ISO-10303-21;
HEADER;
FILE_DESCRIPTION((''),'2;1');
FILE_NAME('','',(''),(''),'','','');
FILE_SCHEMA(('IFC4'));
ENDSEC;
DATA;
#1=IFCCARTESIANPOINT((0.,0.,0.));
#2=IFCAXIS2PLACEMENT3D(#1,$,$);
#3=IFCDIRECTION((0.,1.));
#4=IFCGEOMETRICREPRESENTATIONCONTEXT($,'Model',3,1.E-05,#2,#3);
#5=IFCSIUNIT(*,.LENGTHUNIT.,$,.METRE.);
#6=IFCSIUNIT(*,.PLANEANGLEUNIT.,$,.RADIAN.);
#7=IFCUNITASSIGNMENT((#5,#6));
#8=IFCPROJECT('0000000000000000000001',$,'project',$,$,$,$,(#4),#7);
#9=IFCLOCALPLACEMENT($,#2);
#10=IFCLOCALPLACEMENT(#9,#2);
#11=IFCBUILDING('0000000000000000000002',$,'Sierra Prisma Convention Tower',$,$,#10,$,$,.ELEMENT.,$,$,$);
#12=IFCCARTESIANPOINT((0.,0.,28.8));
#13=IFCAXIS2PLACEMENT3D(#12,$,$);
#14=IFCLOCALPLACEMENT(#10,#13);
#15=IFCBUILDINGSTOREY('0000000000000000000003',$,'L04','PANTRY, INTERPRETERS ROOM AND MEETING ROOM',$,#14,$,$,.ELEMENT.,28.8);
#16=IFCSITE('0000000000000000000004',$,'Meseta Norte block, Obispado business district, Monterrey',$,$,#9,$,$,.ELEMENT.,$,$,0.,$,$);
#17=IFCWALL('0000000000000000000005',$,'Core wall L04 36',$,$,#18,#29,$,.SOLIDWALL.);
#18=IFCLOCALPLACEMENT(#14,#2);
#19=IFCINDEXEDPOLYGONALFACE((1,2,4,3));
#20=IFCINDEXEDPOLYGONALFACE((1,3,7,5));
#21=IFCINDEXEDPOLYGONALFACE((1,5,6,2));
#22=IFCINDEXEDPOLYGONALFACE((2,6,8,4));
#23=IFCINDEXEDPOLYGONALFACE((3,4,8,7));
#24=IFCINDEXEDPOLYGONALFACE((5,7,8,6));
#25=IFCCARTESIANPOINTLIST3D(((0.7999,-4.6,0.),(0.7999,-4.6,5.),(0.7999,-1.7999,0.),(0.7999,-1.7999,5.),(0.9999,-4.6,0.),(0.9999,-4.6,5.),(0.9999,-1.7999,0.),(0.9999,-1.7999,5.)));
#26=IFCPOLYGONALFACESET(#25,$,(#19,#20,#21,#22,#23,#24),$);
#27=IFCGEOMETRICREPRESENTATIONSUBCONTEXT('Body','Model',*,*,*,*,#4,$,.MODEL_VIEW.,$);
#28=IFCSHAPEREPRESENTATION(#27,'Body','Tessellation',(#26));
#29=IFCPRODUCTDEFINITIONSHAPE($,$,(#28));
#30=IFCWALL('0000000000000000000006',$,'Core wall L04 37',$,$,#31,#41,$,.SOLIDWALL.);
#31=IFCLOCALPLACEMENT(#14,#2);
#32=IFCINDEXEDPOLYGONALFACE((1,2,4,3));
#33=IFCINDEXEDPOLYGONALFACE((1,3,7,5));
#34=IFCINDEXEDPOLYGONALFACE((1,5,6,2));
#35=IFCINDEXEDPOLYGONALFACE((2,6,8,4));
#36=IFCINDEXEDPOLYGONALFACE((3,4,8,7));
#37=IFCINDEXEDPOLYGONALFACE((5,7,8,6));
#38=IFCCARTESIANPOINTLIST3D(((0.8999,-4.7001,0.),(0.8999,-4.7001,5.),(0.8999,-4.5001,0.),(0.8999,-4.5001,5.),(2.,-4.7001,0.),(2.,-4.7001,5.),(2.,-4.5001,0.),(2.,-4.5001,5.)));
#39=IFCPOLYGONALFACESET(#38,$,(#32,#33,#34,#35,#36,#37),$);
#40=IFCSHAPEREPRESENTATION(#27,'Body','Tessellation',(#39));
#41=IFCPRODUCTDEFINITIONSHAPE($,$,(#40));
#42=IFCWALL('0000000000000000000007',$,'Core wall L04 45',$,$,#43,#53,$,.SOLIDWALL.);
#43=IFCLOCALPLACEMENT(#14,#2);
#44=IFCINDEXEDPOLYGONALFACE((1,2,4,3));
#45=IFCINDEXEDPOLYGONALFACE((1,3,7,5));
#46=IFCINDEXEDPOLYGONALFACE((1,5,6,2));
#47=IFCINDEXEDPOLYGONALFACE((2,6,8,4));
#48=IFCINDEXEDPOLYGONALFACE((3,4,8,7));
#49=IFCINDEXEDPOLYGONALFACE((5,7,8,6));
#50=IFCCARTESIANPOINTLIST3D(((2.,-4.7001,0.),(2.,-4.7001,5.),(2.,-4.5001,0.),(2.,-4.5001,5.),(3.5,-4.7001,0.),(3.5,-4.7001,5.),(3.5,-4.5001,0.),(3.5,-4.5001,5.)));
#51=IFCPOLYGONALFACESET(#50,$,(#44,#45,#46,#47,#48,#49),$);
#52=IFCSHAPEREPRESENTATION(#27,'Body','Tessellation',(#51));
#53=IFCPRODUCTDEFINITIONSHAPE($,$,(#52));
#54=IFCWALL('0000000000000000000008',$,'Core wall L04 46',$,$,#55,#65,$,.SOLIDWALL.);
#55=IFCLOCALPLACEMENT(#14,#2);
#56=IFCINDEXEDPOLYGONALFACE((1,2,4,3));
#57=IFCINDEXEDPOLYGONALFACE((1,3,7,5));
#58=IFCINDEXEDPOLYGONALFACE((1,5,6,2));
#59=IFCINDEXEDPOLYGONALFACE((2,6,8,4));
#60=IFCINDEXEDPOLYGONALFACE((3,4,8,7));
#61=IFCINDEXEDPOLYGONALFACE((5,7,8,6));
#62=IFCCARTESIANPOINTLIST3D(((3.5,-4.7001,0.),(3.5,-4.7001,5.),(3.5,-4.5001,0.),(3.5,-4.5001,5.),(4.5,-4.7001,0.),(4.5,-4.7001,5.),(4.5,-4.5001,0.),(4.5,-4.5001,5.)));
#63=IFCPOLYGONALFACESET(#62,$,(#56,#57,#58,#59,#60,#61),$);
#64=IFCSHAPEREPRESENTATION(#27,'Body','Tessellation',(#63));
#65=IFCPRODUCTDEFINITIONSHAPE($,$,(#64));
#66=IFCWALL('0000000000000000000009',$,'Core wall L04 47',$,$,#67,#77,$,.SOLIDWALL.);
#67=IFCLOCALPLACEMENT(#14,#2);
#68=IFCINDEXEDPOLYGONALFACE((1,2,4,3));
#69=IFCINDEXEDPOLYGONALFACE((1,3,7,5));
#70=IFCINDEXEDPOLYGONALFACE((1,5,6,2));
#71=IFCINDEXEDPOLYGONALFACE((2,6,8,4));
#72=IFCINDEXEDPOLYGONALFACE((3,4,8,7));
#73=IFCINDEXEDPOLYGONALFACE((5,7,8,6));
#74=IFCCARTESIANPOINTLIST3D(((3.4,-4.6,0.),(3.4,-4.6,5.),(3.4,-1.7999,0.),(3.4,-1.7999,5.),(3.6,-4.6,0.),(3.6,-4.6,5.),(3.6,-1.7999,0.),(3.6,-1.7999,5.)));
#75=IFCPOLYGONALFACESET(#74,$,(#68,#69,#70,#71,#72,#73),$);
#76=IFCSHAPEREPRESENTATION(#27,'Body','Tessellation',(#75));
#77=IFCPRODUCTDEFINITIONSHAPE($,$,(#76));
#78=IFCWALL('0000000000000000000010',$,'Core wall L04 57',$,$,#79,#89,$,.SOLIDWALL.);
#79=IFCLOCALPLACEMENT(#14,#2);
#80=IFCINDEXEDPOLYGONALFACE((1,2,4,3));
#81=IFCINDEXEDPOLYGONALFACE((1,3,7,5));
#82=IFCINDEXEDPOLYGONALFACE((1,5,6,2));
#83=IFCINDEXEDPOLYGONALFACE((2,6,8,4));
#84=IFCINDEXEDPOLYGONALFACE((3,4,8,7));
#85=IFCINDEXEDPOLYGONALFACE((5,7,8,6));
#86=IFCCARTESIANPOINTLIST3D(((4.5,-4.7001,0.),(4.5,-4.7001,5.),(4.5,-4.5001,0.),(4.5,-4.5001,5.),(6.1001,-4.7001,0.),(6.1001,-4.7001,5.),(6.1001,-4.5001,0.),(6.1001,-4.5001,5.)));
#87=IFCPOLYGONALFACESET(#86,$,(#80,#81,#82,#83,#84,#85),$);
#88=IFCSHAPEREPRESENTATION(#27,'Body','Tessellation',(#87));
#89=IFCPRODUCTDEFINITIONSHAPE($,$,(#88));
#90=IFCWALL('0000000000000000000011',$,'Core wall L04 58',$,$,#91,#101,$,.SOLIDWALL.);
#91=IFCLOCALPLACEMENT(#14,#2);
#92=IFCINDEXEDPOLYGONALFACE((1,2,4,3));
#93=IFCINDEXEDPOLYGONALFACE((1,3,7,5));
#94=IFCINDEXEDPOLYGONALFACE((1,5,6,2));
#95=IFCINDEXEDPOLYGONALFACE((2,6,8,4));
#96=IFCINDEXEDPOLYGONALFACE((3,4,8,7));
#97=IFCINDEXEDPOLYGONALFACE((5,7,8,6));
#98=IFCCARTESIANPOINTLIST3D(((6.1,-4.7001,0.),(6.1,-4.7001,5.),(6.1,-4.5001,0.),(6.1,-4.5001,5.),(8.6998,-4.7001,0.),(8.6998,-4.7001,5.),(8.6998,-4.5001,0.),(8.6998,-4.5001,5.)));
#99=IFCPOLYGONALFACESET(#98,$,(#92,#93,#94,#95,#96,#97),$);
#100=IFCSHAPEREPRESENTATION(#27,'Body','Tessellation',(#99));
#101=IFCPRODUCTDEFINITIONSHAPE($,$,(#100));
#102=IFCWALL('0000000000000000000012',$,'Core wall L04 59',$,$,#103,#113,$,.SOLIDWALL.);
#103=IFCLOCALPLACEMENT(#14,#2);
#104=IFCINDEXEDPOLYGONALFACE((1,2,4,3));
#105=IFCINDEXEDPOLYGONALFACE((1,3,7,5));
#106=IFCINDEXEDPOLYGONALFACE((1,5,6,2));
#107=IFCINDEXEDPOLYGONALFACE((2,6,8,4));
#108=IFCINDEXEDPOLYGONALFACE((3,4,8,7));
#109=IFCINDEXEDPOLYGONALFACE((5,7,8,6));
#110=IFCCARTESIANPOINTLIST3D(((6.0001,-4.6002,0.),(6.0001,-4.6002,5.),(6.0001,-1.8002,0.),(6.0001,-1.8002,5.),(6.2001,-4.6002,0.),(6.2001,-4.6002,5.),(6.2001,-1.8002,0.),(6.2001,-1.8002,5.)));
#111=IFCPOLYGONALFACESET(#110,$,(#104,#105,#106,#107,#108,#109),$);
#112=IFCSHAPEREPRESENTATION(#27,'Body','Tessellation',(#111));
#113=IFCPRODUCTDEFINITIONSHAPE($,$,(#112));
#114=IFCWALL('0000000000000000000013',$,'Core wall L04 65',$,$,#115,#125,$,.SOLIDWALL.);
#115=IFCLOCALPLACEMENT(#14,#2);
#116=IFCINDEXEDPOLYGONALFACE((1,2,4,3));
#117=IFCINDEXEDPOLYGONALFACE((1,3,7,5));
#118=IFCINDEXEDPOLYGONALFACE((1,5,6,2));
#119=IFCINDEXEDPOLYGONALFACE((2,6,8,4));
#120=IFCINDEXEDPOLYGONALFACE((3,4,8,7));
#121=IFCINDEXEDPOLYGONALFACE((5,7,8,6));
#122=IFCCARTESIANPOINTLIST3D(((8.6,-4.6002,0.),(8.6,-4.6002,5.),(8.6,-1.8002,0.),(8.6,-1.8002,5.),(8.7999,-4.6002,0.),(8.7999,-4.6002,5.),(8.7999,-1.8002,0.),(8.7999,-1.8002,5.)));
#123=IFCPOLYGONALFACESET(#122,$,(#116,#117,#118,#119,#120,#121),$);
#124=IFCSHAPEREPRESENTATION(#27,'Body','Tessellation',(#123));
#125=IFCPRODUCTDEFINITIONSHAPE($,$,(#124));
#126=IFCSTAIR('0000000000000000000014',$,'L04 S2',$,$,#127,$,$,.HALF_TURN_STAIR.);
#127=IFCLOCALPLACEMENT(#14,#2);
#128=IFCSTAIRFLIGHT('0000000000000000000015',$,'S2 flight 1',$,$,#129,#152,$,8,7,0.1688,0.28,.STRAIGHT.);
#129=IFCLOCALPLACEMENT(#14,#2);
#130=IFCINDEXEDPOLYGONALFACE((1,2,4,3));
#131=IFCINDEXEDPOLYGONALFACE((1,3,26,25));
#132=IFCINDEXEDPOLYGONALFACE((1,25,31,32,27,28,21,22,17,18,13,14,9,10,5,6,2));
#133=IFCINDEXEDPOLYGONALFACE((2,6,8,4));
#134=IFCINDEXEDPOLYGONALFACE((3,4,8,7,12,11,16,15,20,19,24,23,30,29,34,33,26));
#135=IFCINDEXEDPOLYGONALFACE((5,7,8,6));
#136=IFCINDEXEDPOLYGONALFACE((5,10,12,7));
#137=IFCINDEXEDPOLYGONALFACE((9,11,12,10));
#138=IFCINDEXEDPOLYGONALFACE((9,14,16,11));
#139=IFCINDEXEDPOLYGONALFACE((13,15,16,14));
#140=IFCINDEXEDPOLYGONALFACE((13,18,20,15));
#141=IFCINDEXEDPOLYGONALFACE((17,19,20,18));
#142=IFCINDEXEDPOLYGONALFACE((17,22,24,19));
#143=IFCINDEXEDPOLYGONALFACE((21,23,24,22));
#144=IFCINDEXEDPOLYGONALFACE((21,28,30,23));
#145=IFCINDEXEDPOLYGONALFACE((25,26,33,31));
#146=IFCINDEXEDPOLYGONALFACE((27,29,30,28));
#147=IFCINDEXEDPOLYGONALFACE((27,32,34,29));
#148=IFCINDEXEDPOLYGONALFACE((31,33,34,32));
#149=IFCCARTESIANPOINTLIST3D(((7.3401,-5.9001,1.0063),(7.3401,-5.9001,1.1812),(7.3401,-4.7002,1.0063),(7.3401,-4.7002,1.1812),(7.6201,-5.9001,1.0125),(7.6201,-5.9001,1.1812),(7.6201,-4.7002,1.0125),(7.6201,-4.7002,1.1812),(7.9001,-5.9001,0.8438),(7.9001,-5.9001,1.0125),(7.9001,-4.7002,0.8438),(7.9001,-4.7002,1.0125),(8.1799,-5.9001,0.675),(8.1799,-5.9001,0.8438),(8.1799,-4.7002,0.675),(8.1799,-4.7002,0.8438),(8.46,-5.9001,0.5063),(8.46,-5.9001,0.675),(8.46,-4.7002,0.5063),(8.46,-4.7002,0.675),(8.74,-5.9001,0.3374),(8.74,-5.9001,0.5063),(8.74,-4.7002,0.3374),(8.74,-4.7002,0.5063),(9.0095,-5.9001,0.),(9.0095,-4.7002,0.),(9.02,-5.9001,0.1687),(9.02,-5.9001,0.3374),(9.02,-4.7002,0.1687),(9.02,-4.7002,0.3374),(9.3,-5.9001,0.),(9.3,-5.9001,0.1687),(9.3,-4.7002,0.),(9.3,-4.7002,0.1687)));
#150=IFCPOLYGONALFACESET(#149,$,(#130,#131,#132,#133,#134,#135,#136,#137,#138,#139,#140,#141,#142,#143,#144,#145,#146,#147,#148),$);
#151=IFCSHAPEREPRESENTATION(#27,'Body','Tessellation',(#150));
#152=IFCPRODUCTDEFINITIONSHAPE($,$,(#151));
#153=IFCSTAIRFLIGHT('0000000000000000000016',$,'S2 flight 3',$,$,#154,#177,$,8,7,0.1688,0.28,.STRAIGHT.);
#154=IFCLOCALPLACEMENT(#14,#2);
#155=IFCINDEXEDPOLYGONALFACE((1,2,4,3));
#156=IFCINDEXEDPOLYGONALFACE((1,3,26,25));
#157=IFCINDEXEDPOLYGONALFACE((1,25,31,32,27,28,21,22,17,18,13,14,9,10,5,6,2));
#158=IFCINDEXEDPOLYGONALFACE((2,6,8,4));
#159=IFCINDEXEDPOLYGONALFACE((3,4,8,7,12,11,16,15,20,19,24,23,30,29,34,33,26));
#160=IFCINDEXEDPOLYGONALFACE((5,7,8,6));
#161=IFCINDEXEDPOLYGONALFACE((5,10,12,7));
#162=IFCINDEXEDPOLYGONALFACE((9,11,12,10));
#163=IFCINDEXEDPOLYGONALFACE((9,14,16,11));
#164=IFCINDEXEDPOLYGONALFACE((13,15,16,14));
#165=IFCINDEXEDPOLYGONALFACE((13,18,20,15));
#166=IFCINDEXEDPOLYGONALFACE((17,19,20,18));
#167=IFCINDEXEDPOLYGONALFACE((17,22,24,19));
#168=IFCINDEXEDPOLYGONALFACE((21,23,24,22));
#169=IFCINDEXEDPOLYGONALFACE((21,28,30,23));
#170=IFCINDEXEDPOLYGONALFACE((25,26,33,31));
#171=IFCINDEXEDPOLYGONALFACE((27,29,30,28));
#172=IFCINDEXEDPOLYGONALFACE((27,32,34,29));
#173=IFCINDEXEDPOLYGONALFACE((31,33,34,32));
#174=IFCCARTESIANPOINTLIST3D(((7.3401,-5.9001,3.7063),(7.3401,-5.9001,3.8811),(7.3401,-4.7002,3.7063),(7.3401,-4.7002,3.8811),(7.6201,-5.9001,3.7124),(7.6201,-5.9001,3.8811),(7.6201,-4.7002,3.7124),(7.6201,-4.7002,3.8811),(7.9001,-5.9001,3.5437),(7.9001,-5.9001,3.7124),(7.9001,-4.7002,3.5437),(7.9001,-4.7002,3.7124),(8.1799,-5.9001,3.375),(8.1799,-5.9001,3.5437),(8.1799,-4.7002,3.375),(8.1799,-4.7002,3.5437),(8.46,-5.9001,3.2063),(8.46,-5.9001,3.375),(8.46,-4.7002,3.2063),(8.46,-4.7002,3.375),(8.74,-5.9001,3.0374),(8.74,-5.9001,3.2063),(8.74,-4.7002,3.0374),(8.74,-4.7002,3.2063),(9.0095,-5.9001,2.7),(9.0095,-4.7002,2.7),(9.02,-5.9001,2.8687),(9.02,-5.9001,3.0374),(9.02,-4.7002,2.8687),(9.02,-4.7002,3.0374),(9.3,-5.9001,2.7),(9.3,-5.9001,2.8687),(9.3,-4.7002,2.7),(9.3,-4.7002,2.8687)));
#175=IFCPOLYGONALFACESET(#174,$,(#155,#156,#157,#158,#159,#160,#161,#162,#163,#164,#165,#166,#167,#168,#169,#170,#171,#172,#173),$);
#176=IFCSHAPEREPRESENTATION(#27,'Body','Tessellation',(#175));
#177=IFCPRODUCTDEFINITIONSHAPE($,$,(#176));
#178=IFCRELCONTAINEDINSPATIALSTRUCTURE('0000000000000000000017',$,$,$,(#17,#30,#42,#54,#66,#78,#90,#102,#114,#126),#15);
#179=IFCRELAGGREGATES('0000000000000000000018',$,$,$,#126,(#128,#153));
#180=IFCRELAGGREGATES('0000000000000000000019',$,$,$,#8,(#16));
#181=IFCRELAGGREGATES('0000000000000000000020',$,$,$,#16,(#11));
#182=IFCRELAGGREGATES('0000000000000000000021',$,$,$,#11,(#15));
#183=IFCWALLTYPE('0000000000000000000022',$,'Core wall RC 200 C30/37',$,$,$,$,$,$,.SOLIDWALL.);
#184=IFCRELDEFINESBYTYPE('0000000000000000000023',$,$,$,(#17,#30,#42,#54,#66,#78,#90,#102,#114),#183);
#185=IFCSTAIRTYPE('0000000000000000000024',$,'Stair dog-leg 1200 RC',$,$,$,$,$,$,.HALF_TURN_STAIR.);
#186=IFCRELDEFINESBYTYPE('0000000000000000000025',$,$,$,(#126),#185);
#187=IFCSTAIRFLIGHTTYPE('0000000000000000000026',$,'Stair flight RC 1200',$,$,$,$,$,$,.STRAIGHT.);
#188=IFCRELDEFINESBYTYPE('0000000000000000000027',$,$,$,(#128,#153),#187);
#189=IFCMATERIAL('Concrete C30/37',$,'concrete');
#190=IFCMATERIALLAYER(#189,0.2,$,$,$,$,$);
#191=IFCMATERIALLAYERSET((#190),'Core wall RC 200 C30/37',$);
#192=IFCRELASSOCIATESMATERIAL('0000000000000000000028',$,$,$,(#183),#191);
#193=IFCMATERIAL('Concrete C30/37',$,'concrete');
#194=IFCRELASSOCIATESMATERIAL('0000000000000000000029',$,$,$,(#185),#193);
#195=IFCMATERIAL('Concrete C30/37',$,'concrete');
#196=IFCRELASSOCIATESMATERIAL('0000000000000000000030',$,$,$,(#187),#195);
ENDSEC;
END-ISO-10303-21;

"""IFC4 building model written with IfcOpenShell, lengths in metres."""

from ifc_helpers import new_model, si_unit, direction, frame, frame_2d, origin, place, context, subcontext, project, spatial, polyline, rectangle, outline, extrude, material, layer, layer_set, type_object, element, aggregate, save


model = new_model("IFC4")

# Units and contexts
model_context = context("Model", 3, precision=1e-05, world=origin(), true_north=direction((0.0, 1.0)))
body_context = subcontext(model_context, "Body", "Model", "MODEL_VIEW")
ifc_project = project(units=[si_unit("LENGTHUNIT", "METRE"), si_unit("PLANEANGLEUNIT", "RADIAN")], contexts=[model_context])

# Site, building, storey
site_placement = place(None, origin())
site = spatial("IfcSite", under=ifc_project, at=site_placement, Name="Meseta Norte block, Obispado business district, Monterrey", CompositionType="ELEMENT", RefElevation=0.0)
building_placement = place(site_placement, origin())
building = spatial("IfcBuilding", under=site, at=building_placement, Name="Sierra Prisma Convention Tower", CompositionType="ELEMENT")
storey_placement = place(building_placement, frame((0.0, 0.0, 28.8)))
storey = spatial("IfcBuildingStorey", under=building, at=storey_placement, Name="L04", Description="PANTRY, INTERPRETERS ROOM AND MEETING ROOM", CompositionType="ELEMENT", Elevation=28.8)

# Shared definitions
ifc_material_1 = material(Name="Concrete C30/37", Category="concrete")
ifc_layer = layer(ifc_material_1, 0.2)
ifc_layer_set = layer_set([ifc_layer], Name="Core wall RC 200 C30/37")
wall_type = type_object("IfcWallType", Name="Core wall RC 200 C30/37", PredefinedType="SOLIDWALL", material=ifc_layer_set)

# Walls
wall_1_placement = place(storey_placement, frame((0.8999, -1.8, 0.0), z_axis=(0.0, 0.0, 1.0), x_axis=(0.0, -1.0, 0.0)))
element("IfcWall", 1, at=wall_1_placement, inside=storey, type_object=wall_type, Name="Core wall L04 36", PredefinedType="SOLIDWALL", context=body_context, shape_type="SweptSolid", body=[
    extrude(rectangle(XDim=2.8, YDim=0.2, at=frame_2d((1.3999, 0.0))), origin(), (0.0, 0.0, 1.0), 5.0),
])
wall_2_placement = place(storey_placement, frame((0.8999, -4.6001, 0.0), z_axis=(0.0, 0.0, 1.0), x_axis=(1.0, 0.0, 0.0)))
element("IfcWall", 2, at=wall_2_placement, inside=storey, type_object=wall_type, Name="Core wall L04 37", PredefinedType="SOLIDWALL", context=body_context, shape_type="SweptSolid", body=[
    extrude(rectangle(XDim=1.1001, YDim=0.2, at=frame_2d((0.55, 0.0))), origin(), (0.0, 0.0, 1.0), 5.0),
])

# Walls
wall_3_placement = place(storey_placement, frame((3.5, -4.6001, 0.0), z_axis=(0.0, 0.0, 1.0), x_axis=(-1.0, 0.0, 0.0)))
element("IfcWall", 3, at=wall_3_placement, inside=storey, type_object=wall_type, Name="Core wall L04 45", PredefinedType="SOLIDWALL", context=body_context, shape_type="SweptSolid", body=[
    extrude(rectangle(XDim=1.5, YDim=0.2, at=frame_2d((0.75, 0.0))), origin(), (0.0, 0.0, 1.0), 5.0),
])
wall_4_placement = place(storey_placement, frame((3.5, -4.6001, 0.0), z_axis=(0.0, 0.0, 1.0), x_axis=(1.0, 0.0, 0.0)))
element("IfcWall", 4, at=wall_4_placement, inside=storey, type_object=wall_type, Name="Core wall L04 46", PredefinedType="SOLIDWALL", context=body_context, shape_type="SweptSolid", body=[
    extrude(rectangle(XDim=1.0, YDim=0.2, at=frame_2d((0.5, 0.0))), origin(), (0.0, 0.0, 1.0), 5.0),
])
wall_5_placement = place(storey_placement, frame((3.5, -1.8, 0.0), z_axis=(0.0, 0.0, 1.0), x_axis=(0.0, -1.0, 0.0)))
element("IfcWall", 5, at=wall_5_placement, inside=storey, type_object=wall_type, Name="Core wall L04 47", PredefinedType="SOLIDWALL", context=body_context, shape_type="SweptSolid", body=[
    extrude(rectangle(XDim=2.8, YDim=0.2, at=frame_2d((1.3999, 0.0))), origin(), (0.0, 0.0, 1.0), 5.0),
])

# Walls
wall_6_placement = place(storey_placement, frame((4.5, -4.6001, 0.0), z_axis=(0.0, 0.0, 1.0), x_axis=(1.0, 0.0, 0.0)))
element("IfcWall", 6, at=wall_6_placement, inside=storey, type_object=wall_type, Name="Core wall L04 57", PredefinedType="SOLIDWALL", context=body_context, shape_type="SweptSolid", body=[
    extrude(rectangle(XDim=1.6001, YDim=0.2, at=frame_2d((0.8, 0.0))), origin(), (0.0, 0.0, 1.0), 5.0),
])
wall_7_placement = place(storey_placement, frame((6.1001, -4.6001, 0.0), z_axis=(0.0, 0.0, 1.0), x_axis=(1.0, 0.0, 0.0)))
element("IfcWall", 7, at=wall_7_placement, inside=storey, type_object=wall_type, Name="Core wall L04 58", PredefinedType="SOLIDWALL", context=body_context, shape_type="SweptSolid", body=[
    extrude(rectangle(XDim=2.5999, YDim=0.2, at=frame_2d((1.2998, 0.0))), origin(), (0.0, 0.0, 1.0), 5.0),
])
wall_8_placement = place(storey_placement, frame((6.1001, -4.6001, 0.0), z_axis=(0.0, 0.0, 1.0), x_axis=(0.0, 1.0, 0.0)))
element("IfcWall", 8, at=wall_8_placement, inside=storey, type_object=wall_type, Name="Core wall L04 59", PredefinedType="SOLIDWALL", context=body_context, shape_type="SweptSolid", body=[
    extrude(rectangle(XDim=2.8, YDim=0.2, at=frame_2d((1.3999, 0.0))), origin(), (0.0, 0.0, 1.0), 5.0),
])

# Wall
wall_9_placement = place(storey_placement, frame((8.7, -4.6001, 0.0), z_axis=(0.0, 0.0, 1.0), x_axis=(0.0, 1.0, 0.0)))
element("IfcWall", 9, at=wall_9_placement, inside=storey, type_object=wall_type, Name="Core wall L04 65", PredefinedType="SOLIDWALL", context=body_context, shape_type="SweptSolid", body=[
    extrude(rectangle(XDim=2.8, YDim=0.2, at=frame_2d((1.3999, 0.0))), origin(), (0.0, 0.0, 1.0), 5.0),
])

# Stair, stair flights
ifc_material_2 = material(Name="Concrete C30/37", Category="concrete")
stair_type = type_object("IfcStairType", Name="Stair dog-leg 1200 RC", PredefinedType="HALF_TURN_STAIR", material=ifc_material_2)
stair_placement = place(storey_placement, origin())
stair = element("IfcStair", 10, at=stair_placement, inside=storey, type_object=stair_type, Name="L04 S2", PredefinedType="HALF_TURN_STAIR")
ifc_material_3 = material(Name="Concrete C30/37", Category="concrete")
stair_flight_type = type_object("IfcStairFlightType", Name="Stair flight RC 1200", PredefinedType="STRAIGHT", material=ifc_material_3)
stair_flight_1_placement = place(storey_placement, frame((9.3, -5.3, 0.0), z_axis=(0.0, 0.0, 1.0), x_axis=(-1.0, 0.0, 0.0)))
stair_flight_1 = element("IfcStairFlight", 11, at=stair_flight_1_placement, type_object=stair_flight_type, Name="S2 flight 1", NumberOfRisers=8, NumberOfTreads=7, PredefinedType="STRAIGHT", RiserHeight=0.1688, TreadLength=0.28, context=body_context, shape_type="SweptSolid", body=[
    extrude(outline(polyline([(0.0, 0.0), (0.0, 0.1687), (0.28, 0.1687), (0.28, 0.3374), (0.5601, 0.3374), (0.5601, 0.5063), (0.8401, 0.5063), (0.8401, 0.675), (1.1201, 0.675), (1.1201, 0.8438), (1.3999, 0.8438), (1.3999, 1.0125), (1.6799, 1.0125), (1.6799, 1.1812), (1.96, 1.1812), (1.96, 1.3501), (1.96, 1.0063), (0.2905, 0.0), (0.0, 0.0)])), frame((0.0, 0.6001, 0.0), z_axis=(0.0, -1.0, 0.0), x_axis=(1.0, 0.0, 0.0)), (0.0, 0.0, 1.0), 1.2),
])
stair_flight_2_placement = place(storey_placement, frame((9.3, -5.3, 2.7), z_axis=(0.0, 0.0, 1.0), x_axis=(-1.0, 0.0, 0.0)))
stair_flight_2 = element("IfcStairFlight", 12, at=stair_flight_2_placement, type_object=stair_flight_type, Name="S2 flight 3", NumberOfRisers=8, NumberOfTreads=7, PredefinedType="STRAIGHT", RiserHeight=0.1688, TreadLength=0.28, context=body_context, shape_type="SweptSolid", body=[
    extrude(outline(polyline([(0.0, 0.0), (0.0, 0.1687), (0.28, 0.1687), (0.28, 0.3374), (0.5601, 0.3374), (0.5601, 0.5063), (0.8401, 0.5063), (0.8401, 0.675), (1.1201, 0.675), (1.1201, 0.8438), (1.3999, 0.8438), (1.3999, 1.0125), (1.6799, 1.0125), (1.6799, 1.1812), (1.96, 1.1812), (1.96, 1.3501), (1.96, 1.0063), (0.2905, 0.0), (0.0, 0.0)])), frame((0.0, 0.6001, 0.0), z_axis=(0.0, -1.0, 0.0), x_axis=(1.0, 0.0, 0.0)), (0.0, 0.0, 1.0), 1.2),
])
aggregate(stair, [stair_flight_1, stair_flight_2])

save(model, "model.ifc")
